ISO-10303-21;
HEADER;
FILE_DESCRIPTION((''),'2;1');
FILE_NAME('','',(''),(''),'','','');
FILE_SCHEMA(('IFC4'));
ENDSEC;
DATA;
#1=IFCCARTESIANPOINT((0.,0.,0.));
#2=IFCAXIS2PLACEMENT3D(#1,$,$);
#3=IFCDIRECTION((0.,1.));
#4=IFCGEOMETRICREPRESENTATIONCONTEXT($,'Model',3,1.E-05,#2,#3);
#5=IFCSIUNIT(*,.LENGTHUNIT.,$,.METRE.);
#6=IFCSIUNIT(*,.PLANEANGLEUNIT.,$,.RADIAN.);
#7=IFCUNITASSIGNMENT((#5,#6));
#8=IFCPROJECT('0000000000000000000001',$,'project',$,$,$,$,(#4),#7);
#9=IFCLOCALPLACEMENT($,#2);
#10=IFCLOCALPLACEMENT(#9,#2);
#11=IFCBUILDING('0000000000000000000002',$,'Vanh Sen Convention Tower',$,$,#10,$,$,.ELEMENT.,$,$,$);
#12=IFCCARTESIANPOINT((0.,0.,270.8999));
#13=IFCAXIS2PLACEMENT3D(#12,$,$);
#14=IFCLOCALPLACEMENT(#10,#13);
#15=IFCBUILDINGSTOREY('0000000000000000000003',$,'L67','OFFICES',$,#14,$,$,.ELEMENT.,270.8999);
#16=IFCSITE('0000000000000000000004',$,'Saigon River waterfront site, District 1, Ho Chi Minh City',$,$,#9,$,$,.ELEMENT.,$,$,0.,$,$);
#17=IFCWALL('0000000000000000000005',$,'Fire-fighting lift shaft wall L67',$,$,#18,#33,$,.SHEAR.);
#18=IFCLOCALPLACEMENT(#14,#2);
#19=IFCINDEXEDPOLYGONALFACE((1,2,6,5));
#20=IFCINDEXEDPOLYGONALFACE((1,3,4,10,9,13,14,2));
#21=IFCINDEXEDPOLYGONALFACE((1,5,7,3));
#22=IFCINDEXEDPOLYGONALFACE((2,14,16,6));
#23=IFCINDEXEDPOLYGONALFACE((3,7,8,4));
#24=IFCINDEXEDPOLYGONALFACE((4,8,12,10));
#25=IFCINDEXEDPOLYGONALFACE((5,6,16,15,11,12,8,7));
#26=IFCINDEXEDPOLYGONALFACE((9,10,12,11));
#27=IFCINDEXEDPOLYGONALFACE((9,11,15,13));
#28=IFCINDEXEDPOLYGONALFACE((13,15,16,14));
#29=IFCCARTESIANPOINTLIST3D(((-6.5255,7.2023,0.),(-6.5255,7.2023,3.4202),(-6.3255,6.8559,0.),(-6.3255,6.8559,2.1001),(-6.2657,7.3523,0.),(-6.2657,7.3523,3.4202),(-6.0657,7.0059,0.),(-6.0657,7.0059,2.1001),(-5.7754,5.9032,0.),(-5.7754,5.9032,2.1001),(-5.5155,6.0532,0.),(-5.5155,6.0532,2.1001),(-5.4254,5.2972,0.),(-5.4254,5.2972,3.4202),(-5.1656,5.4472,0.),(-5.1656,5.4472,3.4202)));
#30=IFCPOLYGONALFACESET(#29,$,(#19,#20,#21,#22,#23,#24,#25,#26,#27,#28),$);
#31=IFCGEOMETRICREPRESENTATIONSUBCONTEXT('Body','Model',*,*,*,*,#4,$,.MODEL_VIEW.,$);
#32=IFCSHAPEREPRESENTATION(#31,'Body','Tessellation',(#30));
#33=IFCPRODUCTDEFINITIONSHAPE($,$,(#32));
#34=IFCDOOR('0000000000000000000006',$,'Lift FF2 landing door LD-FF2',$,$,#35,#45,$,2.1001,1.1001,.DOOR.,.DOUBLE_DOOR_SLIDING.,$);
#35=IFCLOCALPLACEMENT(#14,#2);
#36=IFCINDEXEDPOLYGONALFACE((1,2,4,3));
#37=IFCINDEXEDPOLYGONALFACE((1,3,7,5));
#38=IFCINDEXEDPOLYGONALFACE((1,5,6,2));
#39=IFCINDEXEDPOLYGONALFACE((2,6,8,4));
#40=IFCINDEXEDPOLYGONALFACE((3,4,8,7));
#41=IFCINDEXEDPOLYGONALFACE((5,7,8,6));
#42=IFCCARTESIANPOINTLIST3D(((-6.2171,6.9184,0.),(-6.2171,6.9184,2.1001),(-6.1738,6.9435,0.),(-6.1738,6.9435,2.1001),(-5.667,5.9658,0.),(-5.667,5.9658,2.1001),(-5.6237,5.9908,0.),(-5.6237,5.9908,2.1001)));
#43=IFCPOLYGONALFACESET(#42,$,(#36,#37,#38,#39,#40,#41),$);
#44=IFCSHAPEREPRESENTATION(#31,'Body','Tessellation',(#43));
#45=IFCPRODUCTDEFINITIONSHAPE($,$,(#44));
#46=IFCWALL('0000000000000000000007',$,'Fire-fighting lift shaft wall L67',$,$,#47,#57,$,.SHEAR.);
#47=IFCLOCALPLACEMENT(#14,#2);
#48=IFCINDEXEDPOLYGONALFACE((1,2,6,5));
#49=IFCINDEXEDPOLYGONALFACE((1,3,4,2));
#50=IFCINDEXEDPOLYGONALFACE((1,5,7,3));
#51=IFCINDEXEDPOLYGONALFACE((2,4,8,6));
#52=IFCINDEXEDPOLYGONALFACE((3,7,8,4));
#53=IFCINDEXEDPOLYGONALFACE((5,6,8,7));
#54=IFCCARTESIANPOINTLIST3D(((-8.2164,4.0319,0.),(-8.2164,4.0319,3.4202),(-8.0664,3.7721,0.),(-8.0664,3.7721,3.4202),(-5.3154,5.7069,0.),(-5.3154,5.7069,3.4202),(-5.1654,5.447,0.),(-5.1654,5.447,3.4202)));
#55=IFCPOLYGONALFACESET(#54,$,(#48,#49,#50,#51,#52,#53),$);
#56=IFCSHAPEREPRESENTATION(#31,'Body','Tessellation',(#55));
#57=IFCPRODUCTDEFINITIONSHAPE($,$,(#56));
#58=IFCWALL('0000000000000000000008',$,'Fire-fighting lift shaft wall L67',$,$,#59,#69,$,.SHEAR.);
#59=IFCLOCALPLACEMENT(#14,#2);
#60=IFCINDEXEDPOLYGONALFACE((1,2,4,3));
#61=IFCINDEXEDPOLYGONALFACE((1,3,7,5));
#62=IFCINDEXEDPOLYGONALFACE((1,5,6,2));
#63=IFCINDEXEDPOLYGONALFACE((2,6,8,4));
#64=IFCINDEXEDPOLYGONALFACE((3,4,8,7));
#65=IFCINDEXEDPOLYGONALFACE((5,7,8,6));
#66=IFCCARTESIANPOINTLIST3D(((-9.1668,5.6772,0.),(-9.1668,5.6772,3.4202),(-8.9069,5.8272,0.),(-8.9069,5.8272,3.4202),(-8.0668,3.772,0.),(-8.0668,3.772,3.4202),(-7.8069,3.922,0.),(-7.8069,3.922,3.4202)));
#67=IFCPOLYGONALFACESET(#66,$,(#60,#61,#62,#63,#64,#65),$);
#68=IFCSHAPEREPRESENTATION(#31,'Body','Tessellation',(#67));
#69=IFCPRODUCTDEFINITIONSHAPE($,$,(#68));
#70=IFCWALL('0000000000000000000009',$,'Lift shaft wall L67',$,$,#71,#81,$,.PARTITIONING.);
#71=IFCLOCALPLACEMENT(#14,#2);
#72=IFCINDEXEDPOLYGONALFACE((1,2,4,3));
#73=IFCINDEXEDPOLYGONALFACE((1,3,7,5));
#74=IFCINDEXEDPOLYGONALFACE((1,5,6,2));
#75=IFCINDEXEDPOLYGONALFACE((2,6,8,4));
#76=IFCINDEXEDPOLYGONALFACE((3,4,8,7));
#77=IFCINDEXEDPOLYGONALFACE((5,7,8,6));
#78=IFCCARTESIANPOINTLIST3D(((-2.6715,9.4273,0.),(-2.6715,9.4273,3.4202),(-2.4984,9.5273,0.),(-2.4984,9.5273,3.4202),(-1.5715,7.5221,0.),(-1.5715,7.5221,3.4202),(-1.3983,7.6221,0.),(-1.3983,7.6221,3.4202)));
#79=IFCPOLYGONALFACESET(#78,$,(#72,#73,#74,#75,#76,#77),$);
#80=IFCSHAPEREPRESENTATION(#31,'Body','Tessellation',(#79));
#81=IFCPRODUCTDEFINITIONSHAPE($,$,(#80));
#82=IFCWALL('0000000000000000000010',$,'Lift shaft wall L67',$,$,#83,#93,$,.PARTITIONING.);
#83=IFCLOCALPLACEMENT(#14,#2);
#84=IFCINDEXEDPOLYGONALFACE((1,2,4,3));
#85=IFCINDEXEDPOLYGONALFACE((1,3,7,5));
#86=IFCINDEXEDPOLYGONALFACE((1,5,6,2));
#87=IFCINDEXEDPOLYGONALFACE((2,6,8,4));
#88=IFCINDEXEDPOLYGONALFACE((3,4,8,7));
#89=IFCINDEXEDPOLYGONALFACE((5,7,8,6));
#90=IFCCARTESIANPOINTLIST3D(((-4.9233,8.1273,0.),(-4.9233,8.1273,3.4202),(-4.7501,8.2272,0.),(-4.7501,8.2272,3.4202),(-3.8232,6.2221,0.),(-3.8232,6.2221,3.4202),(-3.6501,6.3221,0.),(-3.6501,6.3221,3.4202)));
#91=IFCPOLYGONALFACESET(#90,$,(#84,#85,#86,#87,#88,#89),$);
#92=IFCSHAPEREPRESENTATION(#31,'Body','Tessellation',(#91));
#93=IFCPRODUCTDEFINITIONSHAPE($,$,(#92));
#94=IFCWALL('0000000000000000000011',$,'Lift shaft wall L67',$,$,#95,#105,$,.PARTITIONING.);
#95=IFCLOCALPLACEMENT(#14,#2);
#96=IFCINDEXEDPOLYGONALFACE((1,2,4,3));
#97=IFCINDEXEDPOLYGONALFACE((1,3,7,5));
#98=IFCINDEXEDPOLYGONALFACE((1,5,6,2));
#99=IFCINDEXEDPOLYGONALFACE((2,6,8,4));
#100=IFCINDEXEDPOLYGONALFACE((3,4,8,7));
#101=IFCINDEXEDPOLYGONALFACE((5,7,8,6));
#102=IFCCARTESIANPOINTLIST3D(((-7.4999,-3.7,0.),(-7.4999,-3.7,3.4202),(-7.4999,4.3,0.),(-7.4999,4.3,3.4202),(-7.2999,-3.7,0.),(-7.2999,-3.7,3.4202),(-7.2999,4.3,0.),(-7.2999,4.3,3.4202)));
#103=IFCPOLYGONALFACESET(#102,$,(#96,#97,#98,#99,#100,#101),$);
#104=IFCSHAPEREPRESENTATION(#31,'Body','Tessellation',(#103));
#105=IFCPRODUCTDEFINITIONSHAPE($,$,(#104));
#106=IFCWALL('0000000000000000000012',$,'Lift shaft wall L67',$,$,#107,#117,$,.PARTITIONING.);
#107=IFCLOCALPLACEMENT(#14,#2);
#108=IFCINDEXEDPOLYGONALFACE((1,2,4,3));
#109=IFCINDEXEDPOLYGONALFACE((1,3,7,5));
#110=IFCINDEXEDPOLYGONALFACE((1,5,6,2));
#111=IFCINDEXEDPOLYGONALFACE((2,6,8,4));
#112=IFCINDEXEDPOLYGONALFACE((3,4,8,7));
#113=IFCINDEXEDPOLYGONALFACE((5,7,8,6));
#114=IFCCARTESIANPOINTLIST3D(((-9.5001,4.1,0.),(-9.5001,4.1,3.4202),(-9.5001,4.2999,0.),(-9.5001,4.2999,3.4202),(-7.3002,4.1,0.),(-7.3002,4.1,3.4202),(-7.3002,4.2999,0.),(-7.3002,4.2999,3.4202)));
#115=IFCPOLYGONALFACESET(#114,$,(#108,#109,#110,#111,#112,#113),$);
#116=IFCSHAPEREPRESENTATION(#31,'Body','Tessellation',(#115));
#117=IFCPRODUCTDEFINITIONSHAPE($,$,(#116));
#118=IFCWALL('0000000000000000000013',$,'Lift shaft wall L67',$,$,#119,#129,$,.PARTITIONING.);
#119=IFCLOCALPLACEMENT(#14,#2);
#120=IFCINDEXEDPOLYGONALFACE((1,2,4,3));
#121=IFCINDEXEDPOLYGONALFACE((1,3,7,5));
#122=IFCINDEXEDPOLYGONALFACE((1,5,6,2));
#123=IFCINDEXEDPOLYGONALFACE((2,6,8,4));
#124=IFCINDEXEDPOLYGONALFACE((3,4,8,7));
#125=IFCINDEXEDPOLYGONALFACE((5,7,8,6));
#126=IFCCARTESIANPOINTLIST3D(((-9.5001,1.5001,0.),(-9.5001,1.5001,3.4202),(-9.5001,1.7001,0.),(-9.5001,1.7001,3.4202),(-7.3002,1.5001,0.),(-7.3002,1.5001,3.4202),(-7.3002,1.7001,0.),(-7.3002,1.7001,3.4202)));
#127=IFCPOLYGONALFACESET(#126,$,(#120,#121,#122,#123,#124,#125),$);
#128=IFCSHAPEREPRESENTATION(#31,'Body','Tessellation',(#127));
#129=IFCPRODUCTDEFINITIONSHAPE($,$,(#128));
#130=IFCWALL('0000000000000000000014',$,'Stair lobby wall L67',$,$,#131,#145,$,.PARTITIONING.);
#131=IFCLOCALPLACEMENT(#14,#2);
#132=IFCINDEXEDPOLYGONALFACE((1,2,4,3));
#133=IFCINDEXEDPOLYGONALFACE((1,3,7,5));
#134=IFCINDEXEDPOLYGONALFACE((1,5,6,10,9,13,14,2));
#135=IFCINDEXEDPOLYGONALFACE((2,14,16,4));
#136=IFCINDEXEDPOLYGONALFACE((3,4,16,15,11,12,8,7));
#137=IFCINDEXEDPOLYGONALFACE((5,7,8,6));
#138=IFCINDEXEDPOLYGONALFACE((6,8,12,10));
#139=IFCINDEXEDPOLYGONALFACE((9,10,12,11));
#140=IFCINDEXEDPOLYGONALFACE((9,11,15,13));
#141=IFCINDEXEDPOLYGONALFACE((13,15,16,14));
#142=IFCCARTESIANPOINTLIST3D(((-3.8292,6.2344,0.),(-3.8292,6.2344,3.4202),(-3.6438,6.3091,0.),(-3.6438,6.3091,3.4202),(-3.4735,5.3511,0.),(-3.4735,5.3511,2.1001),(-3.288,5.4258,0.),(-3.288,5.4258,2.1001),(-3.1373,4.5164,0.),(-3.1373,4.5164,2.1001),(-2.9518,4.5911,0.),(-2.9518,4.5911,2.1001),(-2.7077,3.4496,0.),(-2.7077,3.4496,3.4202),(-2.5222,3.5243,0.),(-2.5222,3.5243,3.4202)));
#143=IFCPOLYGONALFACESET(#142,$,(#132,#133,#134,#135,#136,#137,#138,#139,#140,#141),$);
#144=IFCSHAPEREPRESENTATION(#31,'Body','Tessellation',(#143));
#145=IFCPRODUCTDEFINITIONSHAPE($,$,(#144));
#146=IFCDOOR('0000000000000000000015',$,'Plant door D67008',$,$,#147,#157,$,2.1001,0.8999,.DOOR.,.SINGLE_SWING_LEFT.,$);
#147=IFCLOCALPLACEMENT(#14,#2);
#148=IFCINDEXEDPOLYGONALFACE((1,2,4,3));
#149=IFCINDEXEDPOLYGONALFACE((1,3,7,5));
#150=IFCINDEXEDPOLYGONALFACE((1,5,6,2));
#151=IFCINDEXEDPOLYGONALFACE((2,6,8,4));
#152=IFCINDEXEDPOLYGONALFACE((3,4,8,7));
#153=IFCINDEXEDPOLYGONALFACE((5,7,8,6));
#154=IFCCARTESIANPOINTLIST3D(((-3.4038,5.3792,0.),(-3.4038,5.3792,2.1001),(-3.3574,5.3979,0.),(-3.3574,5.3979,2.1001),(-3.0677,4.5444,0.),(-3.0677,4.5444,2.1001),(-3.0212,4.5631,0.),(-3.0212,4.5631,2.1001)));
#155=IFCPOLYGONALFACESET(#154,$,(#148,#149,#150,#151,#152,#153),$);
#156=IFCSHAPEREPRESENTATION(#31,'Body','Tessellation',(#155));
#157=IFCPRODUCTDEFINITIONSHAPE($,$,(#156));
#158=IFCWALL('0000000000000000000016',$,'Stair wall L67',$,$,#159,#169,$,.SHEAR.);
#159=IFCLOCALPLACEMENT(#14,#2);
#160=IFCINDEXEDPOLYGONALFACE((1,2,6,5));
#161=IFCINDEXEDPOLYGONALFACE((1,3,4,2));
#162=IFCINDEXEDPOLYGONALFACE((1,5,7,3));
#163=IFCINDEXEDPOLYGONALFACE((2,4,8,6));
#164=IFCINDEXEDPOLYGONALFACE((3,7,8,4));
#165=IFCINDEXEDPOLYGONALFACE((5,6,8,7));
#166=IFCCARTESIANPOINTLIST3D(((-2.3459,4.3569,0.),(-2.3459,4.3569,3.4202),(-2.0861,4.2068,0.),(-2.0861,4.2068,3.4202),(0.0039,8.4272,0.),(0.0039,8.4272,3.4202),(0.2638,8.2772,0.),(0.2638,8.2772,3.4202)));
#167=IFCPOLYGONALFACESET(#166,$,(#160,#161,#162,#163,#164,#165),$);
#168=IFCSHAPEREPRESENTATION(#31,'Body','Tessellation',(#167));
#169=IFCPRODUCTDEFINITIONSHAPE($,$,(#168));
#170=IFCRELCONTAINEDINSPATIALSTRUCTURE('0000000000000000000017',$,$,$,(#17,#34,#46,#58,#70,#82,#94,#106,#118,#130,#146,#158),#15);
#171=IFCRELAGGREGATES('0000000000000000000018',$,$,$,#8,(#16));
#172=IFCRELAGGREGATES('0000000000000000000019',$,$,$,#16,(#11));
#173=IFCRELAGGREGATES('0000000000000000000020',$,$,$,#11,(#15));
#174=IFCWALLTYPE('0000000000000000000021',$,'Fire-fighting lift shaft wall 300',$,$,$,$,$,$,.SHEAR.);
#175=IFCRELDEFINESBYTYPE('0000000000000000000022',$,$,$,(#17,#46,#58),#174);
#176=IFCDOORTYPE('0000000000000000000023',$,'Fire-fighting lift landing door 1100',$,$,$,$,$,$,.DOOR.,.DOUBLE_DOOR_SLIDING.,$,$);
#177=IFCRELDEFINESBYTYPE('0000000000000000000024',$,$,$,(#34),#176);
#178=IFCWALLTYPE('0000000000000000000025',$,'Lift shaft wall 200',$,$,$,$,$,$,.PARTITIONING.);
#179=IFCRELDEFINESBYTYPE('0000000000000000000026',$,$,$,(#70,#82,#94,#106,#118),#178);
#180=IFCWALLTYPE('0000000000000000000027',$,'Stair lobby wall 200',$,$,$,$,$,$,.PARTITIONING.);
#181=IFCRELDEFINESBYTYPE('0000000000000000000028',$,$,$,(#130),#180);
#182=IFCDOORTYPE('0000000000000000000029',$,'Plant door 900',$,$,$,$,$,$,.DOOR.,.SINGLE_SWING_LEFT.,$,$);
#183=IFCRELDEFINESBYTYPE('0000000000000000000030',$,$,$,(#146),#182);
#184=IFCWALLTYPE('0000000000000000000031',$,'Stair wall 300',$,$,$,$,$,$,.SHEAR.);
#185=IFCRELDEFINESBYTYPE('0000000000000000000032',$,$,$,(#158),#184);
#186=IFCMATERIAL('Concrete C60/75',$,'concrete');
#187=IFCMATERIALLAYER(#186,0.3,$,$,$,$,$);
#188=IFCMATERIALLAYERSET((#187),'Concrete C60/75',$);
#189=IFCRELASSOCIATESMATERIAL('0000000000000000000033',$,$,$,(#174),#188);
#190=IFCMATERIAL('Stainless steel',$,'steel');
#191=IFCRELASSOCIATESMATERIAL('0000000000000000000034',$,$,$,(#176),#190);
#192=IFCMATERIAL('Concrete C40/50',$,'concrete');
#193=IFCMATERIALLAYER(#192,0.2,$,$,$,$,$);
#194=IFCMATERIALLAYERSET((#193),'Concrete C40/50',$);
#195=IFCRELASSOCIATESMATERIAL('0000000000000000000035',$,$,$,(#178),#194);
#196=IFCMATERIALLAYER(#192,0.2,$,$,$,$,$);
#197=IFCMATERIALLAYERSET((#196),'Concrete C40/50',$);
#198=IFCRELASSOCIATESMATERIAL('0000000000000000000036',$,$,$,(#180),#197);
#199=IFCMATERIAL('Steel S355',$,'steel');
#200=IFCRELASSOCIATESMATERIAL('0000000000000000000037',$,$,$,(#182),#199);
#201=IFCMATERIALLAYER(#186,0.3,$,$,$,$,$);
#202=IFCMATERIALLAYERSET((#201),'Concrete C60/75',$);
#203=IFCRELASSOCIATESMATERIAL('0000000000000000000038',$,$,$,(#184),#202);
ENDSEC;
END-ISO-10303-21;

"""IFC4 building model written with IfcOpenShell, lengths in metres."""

from ifc_helpers import new_model, si_unit, direction, frame, frame_2d, origin, place, context, subcontext, project, spatial, rectangle, extrude, material, layer, layer_set, type_object, element, fill, save


model = new_model("IFC4")

# Units and contexts
model_context = context("Model", 3, precision=1e-05, world=origin(), true_north=direction((0.0, 1.0)))
body_context = subcontext(model_context, "Body", "Model", "MODEL_VIEW")
ifc_project = project(units=[si_unit("LENGTHUNIT", "METRE"), si_unit("PLANEANGLEUNIT", "RADIAN")], contexts=[model_context])

# Site, building, storey
site_placement = place(None, origin())
site = spatial("IfcSite", under=ifc_project, at=site_placement, Name="Saigon River waterfront site, District 1, Ho Chi Minh City", CompositionType="ELEMENT", RefElevation=0.0)
building_placement = place(site_placement, origin())
building = spatial("IfcBuilding", under=site, at=building_placement, Name="Vanh Sen Convention Tower", CompositionType="ELEMENT")
storey_placement = place(building_placement, frame((0.0, 0.0, 270.8999)))
storey = spatial("IfcBuildingStorey", under=building, at=storey_placement, Name="L67", Description="OFFICES", CompositionType="ELEMENT", Elevation=270.8999)

# Shared definitions
ifc_material_1 = material(Name="Concrete C40/50", Category="concrete")

# Shared definitions
ifc_material_2 = material(Name="Concrete C60/75", Category="concrete")
ifc_material_3 = material(Name="Stainless steel", Category="steel")

# Wall, opening, door
ifc_layer_1 = layer(ifc_material_2, 0.3)
ifc_layer_set_1 = layer_set([ifc_layer_1], Name="Concrete C60/75")
wall_type_1 = type_object("IfcWallType", Name="Fire-fighting lift shaft wall 300", PredefinedType="SHEAR", material=ifc_layer_set_1)
wall_1_placement = place(storey_placement, frame((-5.2954, 5.3721, 0.0), z_axis=(0.0, 0.0, 1.0), x_axis=(-0.500078, 0.86598, 0.0)))
wall_1 = element("IfcWall", 1, at=wall_1_placement, inside=storey, type_object=wall_type_1, Name="Fire-fighting lift shaft wall L67", PredefinedType="SHEAR", context=body_context, shape_type="SweptSolid", body=[
    extrude(rectangle(XDim=2.2, YDim=0.3, at=frame_2d((1.1001, 0.0))), origin(), (0.0, 0.0, 1.0), 3.4202),
])
opening_1_placement = place(wall_1_placement, frame((0.7, 0.0, 0.0)))
opening_1 = element("IfcOpeningElement", 2, at=opening_1_placement, cuts=wall_1, PredefinedType="OPENING", context=body_context, shape_type="SweptSolid", body=[
    extrude(rectangle(XDim=1.1001, YDim=2.1001, at=frame_2d((0.55, 1.05))), frame((0.0, 0.1599, 0.0), z_axis=(0.0, -1.0, 0.0), x_axis=(1.0, 0.0, 0.0)), (0.0, 0.0, 1.0), 0.3201),
])
door_type_1 = type_object("IfcDoorType", Name="Fire-fighting lift landing door 1100", OperationType="DOUBLE_DOOR_SLIDING", PredefinedType="DOOR", material=ifc_material_3)
door_1_placement = place(opening_1_placement, origin())
door_1 = element("IfcDoor", 3, at=door_1_placement, inside=storey, type_object=door_type_1, Name="Lift FF2 landing door LD-FF2", OperationType="DOUBLE_DOOR_SLIDING", OverallHeight=2.1001, OverallWidth=1.1001, PredefinedType="DOOR", context=body_context, shape_type="SweptSolid", body=[
    extrude(rectangle(XDim=1.1001, YDim=2.1001, at=frame_2d((0.55, 1.05))), frame((0.0, 0.0249, 0.0), z_axis=(0.0, -1.0, 0.0), x_axis=(1.0, 0.0, 0.0)), (0.0, 0.0, 1.0), 0.05),
])
fill(opening_1, door_1)

# Walls
wall_2_placement = place(storey_placement, frame((-5.2405, 5.5769, 0.0), z_axis=(0.0, 0.0, 1.0), x_axis=(-0.866014, -0.500019, 0.0)))
element("IfcWall", 4, at=wall_2_placement, inside=storey, type_object=wall_type_1, Name="Fire-fighting lift shaft wall L67", PredefinedType="SHEAR", context=body_context, shape_type="SweptSolid", body=[
    extrude(rectangle(XDim=3.3499, YDim=0.3, at=frame_2d((1.6748, 0.0))), origin(), (0.0, 0.0, 1.0), 3.4202),
])
wall_3_placement = place(storey_placement, frame((-7.9368, 3.8469, 0.0), z_axis=(0.0, 0.0, 1.0), x_axis=(-0.50003, 0.866008, 0.0)))
element("IfcWall", 5, at=wall_3_placement, inside=storey, type_object=wall_type_1, Name="Fire-fighting lift shaft wall L67", PredefinedType="SHEAR", context=body_context, shape_type="SweptSolid", body=[
    extrude(rectangle(XDim=2.2, YDim=0.3, at=frame_2d((1.1001, 0.0))), origin(), (0.0, 0.0, 1.0), 3.4202),
])
ifc_layer_2 = layer(ifc_material_1, 0.2)
ifc_layer_set_2 = layer_set([ifc_layer_2], Name="Concrete C40/50")
wall_type_2 = type_object("IfcWallType", Name="Lift shaft wall 200", PredefinedType="PARTITIONING", material=ifc_layer_set_2)
for number, where, z_axis, x_axis, name in (
    (6, (-1.4849, 7.572, 0.0), (0.0, 0.0, 1.0), (-0.50003, 0.866008, 0.0), "Lift shaft wall L67"),
    (7, (-3.7366, 6.272, 0.0), (0.0, 0.0, 1.0), (-0.50003, 0.866008, 0.0), "Lift shaft wall L67"),
):
    element("IfcWall", number, at=place(storey_placement, frame(where, z_axis=z_axis, x_axis=x_axis)), inside=storey, type_object=wall_type_2, Name=name, PredefinedType="PARTITIONING", context=body_context, shape_type="SweptSolid", body=[
        extrude(rectangle(XDim=2.2, YDim=0.2, at=frame_2d((1.1001, 0.0))), origin(), (0.0, 0.0, 1.0), 3.4202),
    ])
wall_4_placement = place(storey_placement, frame((-7.3999, 4.3, 0.0), z_axis=(0.0, 0.0, 1.0), x_axis=(0.0, -1.0, 0.0)))
element("IfcWall", 8, at=wall_4_placement, inside=storey, type_object=wall_type_2, Name="Lift shaft wall L67", PredefinedType="PARTITIONING", context=body_context, shape_type="SweptSolid", body=[
    extrude(rectangle(XDim=8.0, YDim=0.2, at=frame_2d((4.0, 0.0))), origin(), (0.0, 0.0, 1.0), 3.4202),
])
for number, where, z_axis, x_axis, name in (
    (9, (-7.3, 4.2, 0.0), (0.0, 0.0, 1.0), (-1.0, 0.0, 0.0), "Lift shaft wall L67"),
    (10, (-7.3, 1.6001, 0.0), (0.0, 0.0, 1.0), (-1.0, 0.0, 0.0), "Lift shaft wall L67"),
):
    element("IfcWall", number, at=place(storey_placement, frame(where, z_axis=z_axis, x_axis=x_axis)), inside=storey, type_object=wall_type_2, Name=name, PredefinedType="PARTITIONING", context=body_context, shape_type="SweptSolid", body=[
        extrude(rectangle(XDim=2.2, YDim=0.2, at=frame_2d((1.1001, 0.0))), origin(), (0.0, 0.0, 1.0), 3.4202),
    ])

# Wall, opening, door
ifc_layer_3 = layer(ifc_material_1, 0.2)
ifc_layer_set_3 = layer_set([ifc_layer_3], Name="Concrete C40/50")
wall_type_3 = type_object("IfcWallType", Name="Stair lobby wall 200", PredefinedType="PARTITIONING", material=ifc_layer_set_3)
wall_5_placement = place(storey_placement, frame((-2.615, 3.4871, 0.0), z_axis=(0.0, 0.0, 1.0), x_axis=(-0.373577, 0.927599, 0.0)))
wall_5 = element("IfcWall", 11, at=wall_5_placement, inside=storey, type_object=wall_type_3, Name="Stair lobby wall L67", PredefinedType="PARTITIONING", context=body_context, shape_type="SweptSolid", body=[
    extrude(rectangle(XDim=3.0022, YDim=0.2, at=frame_2d((1.501, 0.0))), origin(), (0.0, 0.0, 1.0), 3.4202),
])
opening_2_placement = place(wall_5_placement, frame((1.1499, 0.0, 0.0)))
opening_2 = element("IfcOpeningElement", 12, at=opening_2_placement, cuts=wall_5, PredefinedType="OPENING", context=body_context, shape_type="SweptSolid", body=[
    extrude(rectangle(XDim=0.8999, YDim=2.1001, at=frame_2d((0.45, 1.05))), frame((0.0, 0.1099, 0.0), z_axis=(0.0, -1.0, 0.0), x_axis=(1.0, 0.0, 0.0)), (0.0, 0.0, 1.0), 0.22),
])
ifc_material_4 = material(Name="Steel S355", Category="steel")
door_type_2 = type_object("IfcDoorType", Name="Plant door 900", OperationType="SINGLE_SWING_LEFT", PredefinedType="DOOR", material=ifc_material_4)
door_2_placement = place(opening_2_placement, origin())
door_2 = element("IfcDoor", 13, at=door_2_placement, inside=storey, type_object=door_type_2, Name="Plant door D67008", OperationType="SINGLE_SWING_LEFT", OverallHeight=2.1001, OverallWidth=0.8999, PredefinedType="DOOR", context=body_context, shape_type="SweptSolid", body=[
    extrude(rectangle(XDim=0.8999, YDim=2.1001, at=frame_2d((0.45, 1.05))), frame((0.0, 0.0249, 0.0), z_axis=(0.0, -1.0, 0.0), x_axis=(1.0, 0.0, 0.0)), (0.0, 0.0, 1.0), 0.05),
])
fill(opening_2, door_2)

# Wall
ifc_layer_4 = layer(ifc_material_2, 0.3)
ifc_layer_set_4 = layer_set([ifc_layer_4], Name="Concrete C60/75")
wall_type_4 = type_object("IfcWallType", Name="Stair wall 300", PredefinedType="SHEAR", material=ifc_layer_set_4)
wall_6_placement = place(storey_placement, frame((-2.2161, 4.2817, 0.0), z_axis=(0.0, 0.0, 1.0), x_axis=(0.499977, 0.866039, 0.0)))
element("IfcWall", 14, at=wall_6_placement, inside=storey, type_object=wall_type_4, Name="Stair wall L67", PredefinedType="SHEAR", context=body_context, shape_type="SweptSolid", body=[
    extrude(rectangle(XDim=4.7, YDim=0.3, at=frame_2d((2.3501, 0.0))), origin(), (0.0, 0.0, 1.0), 3.4202),
])

save(model, "model.ifc")
